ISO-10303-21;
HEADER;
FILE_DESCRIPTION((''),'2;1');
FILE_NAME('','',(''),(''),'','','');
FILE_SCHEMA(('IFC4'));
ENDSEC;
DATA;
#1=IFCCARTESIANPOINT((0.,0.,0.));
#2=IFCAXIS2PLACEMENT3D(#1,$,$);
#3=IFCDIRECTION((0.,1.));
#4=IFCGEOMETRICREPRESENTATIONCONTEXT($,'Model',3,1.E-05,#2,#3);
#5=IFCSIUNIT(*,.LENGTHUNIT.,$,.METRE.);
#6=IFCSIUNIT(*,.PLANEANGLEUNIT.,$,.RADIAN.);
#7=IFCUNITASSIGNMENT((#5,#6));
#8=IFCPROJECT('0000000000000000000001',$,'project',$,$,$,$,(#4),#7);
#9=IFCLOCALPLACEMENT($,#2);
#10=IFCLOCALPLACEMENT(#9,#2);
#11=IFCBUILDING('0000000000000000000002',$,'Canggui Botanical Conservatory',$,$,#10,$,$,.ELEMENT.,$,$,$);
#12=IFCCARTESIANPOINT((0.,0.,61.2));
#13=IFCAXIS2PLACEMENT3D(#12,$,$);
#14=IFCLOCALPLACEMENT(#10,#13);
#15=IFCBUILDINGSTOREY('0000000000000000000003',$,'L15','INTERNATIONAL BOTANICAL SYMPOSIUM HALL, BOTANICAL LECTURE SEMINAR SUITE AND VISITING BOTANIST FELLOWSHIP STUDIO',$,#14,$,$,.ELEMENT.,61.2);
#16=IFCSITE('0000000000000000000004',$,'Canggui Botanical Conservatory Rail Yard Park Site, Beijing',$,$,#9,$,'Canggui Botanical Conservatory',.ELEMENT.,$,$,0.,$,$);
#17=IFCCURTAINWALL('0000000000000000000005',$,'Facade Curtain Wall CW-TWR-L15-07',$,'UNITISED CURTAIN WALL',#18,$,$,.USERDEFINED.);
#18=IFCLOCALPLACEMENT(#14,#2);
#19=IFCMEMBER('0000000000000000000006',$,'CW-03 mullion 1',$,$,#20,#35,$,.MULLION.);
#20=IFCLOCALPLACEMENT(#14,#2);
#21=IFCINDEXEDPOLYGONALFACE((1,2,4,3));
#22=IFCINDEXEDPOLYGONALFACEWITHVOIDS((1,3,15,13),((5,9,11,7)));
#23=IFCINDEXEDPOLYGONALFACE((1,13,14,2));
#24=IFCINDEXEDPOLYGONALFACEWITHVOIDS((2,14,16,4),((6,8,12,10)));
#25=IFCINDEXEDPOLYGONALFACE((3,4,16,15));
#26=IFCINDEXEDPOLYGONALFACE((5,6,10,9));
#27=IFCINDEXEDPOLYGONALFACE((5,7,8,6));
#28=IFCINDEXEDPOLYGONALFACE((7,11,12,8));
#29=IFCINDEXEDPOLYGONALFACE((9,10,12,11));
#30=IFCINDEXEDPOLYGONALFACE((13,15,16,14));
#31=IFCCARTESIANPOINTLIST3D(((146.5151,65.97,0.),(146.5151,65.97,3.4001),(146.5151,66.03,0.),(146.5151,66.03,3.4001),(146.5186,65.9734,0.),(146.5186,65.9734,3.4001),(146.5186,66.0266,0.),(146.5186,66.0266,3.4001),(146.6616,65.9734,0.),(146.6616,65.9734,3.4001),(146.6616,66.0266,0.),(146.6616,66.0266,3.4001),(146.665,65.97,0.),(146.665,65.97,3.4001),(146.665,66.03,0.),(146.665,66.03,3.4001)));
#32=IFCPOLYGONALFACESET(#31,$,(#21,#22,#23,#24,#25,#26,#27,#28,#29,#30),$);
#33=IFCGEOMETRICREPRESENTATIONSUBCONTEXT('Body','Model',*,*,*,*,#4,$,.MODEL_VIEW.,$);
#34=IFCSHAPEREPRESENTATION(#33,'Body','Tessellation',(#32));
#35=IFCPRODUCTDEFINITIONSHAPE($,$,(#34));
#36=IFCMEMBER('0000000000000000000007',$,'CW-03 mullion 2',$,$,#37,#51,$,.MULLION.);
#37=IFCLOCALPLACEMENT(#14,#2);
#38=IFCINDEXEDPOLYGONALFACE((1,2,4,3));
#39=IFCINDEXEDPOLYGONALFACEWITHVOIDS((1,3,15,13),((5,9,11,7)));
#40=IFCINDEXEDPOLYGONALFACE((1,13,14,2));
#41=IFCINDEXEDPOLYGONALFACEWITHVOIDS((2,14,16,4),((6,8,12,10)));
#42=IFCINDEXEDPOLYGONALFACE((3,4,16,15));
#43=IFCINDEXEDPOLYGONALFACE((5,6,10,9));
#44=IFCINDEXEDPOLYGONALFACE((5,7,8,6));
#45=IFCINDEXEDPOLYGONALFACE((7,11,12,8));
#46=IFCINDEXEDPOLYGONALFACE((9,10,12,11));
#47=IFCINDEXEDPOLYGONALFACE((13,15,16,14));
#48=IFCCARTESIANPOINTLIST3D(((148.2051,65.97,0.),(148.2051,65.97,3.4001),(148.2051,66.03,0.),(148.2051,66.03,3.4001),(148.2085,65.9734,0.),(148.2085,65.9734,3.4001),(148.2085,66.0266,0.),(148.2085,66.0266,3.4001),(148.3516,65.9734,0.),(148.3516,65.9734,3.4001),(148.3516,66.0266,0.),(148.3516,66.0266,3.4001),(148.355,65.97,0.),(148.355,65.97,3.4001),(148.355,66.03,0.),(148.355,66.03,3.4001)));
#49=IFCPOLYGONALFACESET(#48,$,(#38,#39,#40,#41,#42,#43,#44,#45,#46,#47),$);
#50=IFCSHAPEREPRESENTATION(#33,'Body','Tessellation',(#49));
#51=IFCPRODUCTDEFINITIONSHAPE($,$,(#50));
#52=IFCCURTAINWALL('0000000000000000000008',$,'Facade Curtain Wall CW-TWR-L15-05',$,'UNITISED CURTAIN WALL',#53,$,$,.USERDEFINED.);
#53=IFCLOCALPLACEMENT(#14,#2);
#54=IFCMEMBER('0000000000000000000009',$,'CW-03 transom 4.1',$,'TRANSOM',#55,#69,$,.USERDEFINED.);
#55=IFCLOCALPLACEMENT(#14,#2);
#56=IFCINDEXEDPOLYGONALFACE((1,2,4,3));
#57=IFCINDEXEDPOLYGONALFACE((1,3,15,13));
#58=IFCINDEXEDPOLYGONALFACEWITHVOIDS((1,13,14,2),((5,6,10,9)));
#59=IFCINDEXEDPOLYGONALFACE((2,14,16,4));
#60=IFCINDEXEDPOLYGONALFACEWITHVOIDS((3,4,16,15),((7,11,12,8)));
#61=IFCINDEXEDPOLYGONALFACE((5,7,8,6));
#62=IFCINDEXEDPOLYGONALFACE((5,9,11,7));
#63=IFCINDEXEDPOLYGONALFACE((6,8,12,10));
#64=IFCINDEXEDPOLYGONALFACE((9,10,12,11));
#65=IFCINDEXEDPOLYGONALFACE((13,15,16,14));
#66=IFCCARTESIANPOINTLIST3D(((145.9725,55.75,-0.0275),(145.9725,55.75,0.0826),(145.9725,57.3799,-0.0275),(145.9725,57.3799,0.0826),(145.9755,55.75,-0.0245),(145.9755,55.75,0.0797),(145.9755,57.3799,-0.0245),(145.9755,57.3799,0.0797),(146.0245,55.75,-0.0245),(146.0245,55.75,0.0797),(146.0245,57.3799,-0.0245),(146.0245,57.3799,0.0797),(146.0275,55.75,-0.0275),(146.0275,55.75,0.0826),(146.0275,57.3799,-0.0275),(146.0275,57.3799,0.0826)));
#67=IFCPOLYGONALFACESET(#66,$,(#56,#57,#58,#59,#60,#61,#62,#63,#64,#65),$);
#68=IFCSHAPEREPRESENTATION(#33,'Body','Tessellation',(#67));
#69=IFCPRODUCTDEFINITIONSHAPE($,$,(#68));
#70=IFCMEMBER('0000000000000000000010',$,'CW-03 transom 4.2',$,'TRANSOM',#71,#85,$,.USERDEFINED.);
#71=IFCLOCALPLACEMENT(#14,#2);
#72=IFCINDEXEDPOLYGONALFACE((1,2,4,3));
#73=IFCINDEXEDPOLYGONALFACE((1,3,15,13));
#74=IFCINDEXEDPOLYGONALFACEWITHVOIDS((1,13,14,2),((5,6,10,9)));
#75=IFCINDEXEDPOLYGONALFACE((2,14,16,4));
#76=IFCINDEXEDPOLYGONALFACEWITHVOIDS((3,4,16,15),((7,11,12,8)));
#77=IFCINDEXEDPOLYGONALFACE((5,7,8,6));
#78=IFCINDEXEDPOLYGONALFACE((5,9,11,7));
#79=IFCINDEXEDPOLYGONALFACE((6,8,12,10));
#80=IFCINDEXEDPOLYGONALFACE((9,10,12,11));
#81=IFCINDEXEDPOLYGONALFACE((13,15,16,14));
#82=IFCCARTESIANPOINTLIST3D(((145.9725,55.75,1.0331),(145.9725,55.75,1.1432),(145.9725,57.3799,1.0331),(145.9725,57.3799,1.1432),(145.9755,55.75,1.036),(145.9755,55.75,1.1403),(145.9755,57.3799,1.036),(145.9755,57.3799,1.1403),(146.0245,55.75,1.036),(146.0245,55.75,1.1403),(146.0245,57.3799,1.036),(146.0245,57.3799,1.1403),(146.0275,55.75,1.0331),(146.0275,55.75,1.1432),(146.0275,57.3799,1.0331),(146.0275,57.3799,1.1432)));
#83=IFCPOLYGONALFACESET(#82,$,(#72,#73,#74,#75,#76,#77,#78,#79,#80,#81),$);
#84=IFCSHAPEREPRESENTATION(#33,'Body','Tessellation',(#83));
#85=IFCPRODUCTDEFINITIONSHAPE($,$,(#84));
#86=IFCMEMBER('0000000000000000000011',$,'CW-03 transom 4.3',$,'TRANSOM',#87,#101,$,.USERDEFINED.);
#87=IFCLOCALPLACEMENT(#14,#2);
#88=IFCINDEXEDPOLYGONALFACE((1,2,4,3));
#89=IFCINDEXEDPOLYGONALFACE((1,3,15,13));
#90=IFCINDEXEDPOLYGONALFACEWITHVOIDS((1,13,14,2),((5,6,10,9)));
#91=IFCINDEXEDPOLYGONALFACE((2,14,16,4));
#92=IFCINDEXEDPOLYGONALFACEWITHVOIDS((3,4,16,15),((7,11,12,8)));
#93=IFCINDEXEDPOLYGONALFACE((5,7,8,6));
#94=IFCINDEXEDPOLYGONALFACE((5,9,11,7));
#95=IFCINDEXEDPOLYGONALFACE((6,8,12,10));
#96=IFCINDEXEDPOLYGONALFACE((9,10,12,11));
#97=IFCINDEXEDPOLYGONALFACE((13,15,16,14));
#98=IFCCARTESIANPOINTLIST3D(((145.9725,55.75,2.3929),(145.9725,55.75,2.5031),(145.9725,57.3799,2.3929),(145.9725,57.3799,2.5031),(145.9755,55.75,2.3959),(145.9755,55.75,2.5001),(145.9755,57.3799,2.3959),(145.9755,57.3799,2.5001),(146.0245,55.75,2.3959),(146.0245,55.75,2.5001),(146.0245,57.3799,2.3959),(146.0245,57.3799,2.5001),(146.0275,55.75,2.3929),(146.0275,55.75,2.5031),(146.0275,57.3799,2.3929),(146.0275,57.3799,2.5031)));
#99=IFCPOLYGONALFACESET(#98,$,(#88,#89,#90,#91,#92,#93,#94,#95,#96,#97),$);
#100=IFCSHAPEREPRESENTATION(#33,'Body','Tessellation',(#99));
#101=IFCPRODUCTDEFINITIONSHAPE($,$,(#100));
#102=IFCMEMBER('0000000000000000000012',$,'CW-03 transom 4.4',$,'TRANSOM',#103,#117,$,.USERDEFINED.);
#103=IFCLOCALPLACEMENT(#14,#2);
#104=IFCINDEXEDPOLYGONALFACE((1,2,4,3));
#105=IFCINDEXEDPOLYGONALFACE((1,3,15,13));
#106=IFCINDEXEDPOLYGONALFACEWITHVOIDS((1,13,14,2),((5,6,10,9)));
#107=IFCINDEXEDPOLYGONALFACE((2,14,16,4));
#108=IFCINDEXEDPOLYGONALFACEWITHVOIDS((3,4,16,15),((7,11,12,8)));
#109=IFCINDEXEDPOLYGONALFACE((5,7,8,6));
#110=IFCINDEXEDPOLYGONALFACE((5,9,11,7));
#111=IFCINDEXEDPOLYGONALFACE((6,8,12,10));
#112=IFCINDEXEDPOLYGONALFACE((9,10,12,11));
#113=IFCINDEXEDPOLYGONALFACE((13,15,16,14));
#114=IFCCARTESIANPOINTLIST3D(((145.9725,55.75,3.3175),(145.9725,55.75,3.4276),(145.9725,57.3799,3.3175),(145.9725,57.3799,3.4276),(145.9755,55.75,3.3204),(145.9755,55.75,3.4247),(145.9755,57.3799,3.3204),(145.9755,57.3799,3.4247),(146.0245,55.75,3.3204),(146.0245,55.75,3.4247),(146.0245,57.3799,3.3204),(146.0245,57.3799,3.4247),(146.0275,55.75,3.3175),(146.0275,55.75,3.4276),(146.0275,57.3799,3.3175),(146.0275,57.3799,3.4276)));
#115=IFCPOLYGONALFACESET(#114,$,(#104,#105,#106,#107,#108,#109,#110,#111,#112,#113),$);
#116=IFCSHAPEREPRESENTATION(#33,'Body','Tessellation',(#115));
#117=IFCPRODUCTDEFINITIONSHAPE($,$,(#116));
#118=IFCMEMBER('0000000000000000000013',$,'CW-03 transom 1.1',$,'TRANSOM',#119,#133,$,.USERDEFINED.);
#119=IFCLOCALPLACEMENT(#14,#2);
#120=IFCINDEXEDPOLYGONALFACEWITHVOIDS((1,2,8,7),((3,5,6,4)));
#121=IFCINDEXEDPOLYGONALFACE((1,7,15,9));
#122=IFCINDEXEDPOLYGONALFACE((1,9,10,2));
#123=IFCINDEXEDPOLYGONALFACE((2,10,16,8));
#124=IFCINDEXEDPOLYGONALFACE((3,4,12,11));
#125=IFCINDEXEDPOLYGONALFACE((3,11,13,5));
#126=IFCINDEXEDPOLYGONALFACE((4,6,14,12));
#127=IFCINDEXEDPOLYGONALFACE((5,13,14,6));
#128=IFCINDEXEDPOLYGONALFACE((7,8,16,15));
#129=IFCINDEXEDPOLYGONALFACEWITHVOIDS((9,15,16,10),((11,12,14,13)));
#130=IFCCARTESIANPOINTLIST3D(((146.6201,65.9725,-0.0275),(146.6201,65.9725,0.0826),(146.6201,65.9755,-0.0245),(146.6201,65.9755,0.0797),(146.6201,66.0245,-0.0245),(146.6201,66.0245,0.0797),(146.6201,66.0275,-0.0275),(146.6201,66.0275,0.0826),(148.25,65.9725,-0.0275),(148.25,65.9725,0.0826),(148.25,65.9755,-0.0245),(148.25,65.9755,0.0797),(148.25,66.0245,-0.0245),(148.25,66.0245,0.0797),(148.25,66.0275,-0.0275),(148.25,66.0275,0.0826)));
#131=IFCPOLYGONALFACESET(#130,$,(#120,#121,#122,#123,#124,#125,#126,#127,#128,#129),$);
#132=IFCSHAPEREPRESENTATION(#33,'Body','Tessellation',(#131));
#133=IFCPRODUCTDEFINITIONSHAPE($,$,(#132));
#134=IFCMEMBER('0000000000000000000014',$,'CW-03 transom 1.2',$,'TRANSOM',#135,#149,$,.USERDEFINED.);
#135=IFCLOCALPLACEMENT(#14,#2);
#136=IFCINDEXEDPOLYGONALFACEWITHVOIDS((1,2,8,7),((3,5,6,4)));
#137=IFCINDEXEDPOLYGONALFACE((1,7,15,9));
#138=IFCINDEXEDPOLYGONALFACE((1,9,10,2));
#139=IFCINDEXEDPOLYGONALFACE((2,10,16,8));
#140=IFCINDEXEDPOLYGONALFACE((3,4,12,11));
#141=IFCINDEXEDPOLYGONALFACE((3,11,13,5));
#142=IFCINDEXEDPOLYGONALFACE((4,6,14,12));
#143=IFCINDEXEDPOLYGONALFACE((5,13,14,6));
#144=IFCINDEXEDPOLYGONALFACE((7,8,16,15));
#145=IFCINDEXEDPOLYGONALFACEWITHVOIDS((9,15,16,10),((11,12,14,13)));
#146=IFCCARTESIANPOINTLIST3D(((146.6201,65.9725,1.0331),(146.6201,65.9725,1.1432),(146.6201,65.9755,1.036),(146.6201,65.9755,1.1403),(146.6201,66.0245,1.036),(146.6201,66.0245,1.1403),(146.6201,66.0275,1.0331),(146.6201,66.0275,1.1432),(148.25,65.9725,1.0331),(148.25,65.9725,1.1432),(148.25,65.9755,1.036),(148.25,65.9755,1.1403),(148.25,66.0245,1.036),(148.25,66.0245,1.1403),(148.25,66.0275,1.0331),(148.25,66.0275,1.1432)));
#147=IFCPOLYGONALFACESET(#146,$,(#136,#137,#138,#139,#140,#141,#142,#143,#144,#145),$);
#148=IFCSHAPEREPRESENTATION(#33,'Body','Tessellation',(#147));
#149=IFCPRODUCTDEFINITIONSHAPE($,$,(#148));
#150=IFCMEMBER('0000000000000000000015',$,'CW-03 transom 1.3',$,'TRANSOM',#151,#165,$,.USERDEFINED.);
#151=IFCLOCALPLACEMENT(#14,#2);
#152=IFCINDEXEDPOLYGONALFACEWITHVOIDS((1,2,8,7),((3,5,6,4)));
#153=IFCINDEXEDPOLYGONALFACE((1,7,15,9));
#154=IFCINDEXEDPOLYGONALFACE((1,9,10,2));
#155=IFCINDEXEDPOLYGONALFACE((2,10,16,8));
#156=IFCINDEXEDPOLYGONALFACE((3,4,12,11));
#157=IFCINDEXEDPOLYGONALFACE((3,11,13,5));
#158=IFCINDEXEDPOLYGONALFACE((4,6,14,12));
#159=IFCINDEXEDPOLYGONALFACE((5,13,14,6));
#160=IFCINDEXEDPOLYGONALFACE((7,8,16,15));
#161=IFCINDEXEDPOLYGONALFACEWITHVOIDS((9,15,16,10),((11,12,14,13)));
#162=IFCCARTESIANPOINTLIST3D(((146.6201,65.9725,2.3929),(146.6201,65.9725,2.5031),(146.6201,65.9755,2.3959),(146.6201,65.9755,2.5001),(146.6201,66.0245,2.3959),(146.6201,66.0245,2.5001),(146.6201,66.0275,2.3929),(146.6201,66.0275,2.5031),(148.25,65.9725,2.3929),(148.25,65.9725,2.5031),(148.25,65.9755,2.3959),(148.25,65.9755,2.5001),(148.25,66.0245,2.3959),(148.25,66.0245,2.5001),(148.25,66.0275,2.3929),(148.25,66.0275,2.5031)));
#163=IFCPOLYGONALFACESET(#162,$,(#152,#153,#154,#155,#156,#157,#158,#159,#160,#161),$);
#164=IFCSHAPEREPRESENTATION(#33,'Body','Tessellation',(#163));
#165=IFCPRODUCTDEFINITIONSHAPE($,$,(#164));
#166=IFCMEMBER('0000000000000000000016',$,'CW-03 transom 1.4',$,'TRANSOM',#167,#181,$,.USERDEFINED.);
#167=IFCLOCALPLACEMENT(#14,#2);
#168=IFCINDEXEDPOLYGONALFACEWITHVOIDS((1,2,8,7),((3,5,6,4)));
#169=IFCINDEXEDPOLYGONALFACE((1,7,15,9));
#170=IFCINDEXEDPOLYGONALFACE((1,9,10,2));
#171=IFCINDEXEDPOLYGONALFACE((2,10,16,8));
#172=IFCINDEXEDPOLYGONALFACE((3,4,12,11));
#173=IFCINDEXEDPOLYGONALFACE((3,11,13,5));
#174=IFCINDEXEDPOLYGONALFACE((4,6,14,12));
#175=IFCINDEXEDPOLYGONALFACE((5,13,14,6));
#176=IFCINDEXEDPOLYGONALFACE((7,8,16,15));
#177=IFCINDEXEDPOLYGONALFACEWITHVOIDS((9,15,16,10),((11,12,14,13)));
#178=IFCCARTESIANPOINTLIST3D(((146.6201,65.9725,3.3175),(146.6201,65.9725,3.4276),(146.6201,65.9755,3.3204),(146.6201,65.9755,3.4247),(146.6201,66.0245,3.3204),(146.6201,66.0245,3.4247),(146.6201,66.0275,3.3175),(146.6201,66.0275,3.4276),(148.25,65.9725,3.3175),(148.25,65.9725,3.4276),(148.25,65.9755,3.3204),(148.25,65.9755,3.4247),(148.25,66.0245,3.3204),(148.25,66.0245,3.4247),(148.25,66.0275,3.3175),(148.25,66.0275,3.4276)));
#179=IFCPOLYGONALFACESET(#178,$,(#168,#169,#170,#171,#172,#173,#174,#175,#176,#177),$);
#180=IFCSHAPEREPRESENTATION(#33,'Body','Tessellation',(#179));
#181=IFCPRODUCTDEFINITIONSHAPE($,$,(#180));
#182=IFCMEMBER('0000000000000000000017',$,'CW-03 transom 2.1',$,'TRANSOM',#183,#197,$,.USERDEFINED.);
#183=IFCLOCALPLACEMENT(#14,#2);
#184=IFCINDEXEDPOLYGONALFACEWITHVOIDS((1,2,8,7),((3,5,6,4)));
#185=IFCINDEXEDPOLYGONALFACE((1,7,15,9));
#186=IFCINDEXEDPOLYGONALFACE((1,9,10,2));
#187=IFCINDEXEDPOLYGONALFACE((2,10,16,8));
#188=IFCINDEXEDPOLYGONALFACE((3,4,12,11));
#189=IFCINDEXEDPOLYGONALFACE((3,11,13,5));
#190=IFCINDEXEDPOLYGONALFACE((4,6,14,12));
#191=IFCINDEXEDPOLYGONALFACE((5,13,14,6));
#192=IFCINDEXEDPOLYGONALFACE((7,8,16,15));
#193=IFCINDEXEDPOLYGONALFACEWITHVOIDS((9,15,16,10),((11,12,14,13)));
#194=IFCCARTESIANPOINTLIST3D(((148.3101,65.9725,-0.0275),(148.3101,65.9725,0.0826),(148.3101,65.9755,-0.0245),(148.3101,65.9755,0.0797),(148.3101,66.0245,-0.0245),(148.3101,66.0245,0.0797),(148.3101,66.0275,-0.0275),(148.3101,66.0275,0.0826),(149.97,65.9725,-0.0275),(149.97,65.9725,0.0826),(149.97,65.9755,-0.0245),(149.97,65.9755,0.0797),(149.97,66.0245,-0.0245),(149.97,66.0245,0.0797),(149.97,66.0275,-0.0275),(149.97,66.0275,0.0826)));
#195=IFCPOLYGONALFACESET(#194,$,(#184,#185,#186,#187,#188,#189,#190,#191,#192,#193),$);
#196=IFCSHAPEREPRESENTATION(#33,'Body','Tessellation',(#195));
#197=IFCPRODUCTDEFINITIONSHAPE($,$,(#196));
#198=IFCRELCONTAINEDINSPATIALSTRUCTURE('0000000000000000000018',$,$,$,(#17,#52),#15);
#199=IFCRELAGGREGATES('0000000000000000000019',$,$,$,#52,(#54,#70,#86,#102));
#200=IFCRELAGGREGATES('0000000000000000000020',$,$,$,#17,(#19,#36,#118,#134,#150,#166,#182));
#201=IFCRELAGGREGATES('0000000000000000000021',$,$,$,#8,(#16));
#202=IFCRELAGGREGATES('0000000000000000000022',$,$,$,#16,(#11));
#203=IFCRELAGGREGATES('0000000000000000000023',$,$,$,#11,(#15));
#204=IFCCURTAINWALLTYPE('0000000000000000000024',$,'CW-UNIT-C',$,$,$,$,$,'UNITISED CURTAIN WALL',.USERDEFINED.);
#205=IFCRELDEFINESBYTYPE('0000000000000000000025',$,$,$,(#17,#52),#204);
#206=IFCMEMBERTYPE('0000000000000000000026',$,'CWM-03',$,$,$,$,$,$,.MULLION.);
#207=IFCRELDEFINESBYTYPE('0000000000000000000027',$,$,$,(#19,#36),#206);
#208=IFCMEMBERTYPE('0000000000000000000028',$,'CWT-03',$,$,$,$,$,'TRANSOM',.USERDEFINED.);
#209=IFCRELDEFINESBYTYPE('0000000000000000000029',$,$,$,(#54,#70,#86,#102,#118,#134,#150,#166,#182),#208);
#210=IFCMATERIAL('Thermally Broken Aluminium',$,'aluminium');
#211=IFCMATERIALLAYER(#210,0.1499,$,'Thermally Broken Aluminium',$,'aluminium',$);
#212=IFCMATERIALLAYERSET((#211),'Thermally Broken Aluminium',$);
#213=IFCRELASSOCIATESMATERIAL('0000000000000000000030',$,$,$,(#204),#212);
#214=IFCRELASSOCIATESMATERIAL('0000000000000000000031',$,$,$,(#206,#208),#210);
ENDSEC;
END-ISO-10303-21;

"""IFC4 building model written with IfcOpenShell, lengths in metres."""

from ifc_helpers import new_model, si_unit, direction, frame, origin, origin_2d, place, context, subcontext, project, spatial, hollow_rectangle, extrude, material, layer, layer_set, material_profile, profile_set, type_object, element, aggregate, save


model = new_model("IFC4")

# Units and contexts
model_context = context("Model", 3, precision=1e-05, world=origin(), true_north=direction((0.0, 1.0)))
body_context = subcontext(model_context, "Body", "Model", "MODEL_VIEW")
ifc_project = project(units=[si_unit("LENGTHUNIT", "METRE"), si_unit("PLANEANGLEUNIT", "RADIAN")], contexts=[model_context])

# Site, building, storey
site_placement = place(None, origin())
site = spatial("IfcSite", under=ifc_project, at=site_placement, Name="Canggui Botanical Conservatory Rail Yard Park Site, Beijing", LongName="Canggui Botanical Conservatory", CompositionType="ELEMENT", RefElevation=0.0)
building_placement = place(site_placement, origin())
building = spatial("IfcBuilding", under=site, at=building_placement, Name="Canggui Botanical Conservatory", CompositionType="ELEMENT")
storey_placement = place(building_placement, frame((0.0, 0.0, 61.2)))
storey = spatial("IfcBuildingStorey", under=building, at=storey_placement, Name="L15", Description="INTERNATIONAL BOTANICAL SYMPOSIUM HALL, BOTANICAL LECTURE SEMINAR SUITE AND VISITING BOTANIST FELLOWSHIP STUDIO", CompositionType="ELEMENT", Elevation=61.2)

# Curtain walls, members
ifc_material_1 = material(Name="Thermally Broken Aluminium", Category="aluminium")
ifc_layer_1 = layer(ifc_material_1, 0.1499, Name="Thermally Broken Aluminium", Category="aluminium")
ifc_layer_set_1 = layer_set([ifc_layer_1], Name="Thermally Broken Aluminium")
curtain_wall_type = type_object("IfcCurtainWallType", Name="CW-UNIT-C", ElementType="UNITISED CURTAIN WALL", PredefinedType="USERDEFINED", material=ifc_layer_set_1)
curtain_wall_1_placement = place(storey_placement, origin())
curtain_wall_1 = element("IfcCurtainWall", 1, at=curtain_wall_1_placement, inside=storey, type_object=curtain_wall_type, Name="Facade Curtain Wall CW-TWR-L15-07", ObjectType="UNITISED CURTAIN WALL", PredefinedType="USERDEFINED")
ifc_material_profile_1 = material_profile(ifc_material_1, hollow_rectangle(XDim=0.0601, YDim=0.1499, WallThickness=0.0034, at=origin_2d()), Name="CWM 60x150x3.5")
ifc_profile_set_1 = profile_set([ifc_material_profile_1], Name="Thermally Broken Aluminium")
member_type_1 = type_object("IfcMemberType", Name="CWM-03", PredefinedType="MULLION", material=ifc_profile_set_1)
member_1_placement = place(storey_placement, frame((146.5901, 66.0, 0.0), z_axis=(0.0, 0.0, 1.0), x_axis=(0.0, 1.0, 0.0)))
member_1 = element("IfcMember", 2, at=member_1_placement, type_object=member_type_1, Name="CW-03 mullion 1", PredefinedType="MULLION", context=body_context, shape_type="SweptSolid", body=[
    extrude(hollow_rectangle(XDim=0.0601, YDim=0.1499, WallThickness=0.0034, at=origin_2d()), origin(), (0.0, 0.0, 1.0), 3.4001),
])
member_2_placement = place(storey_placement, frame((148.28, 66.0, 0.0), z_axis=(0.0, 0.0, 1.0), x_axis=(0.0, 1.0, 0.0)))
member_2 = element("IfcMember", 3, at=member_2_placement, type_object=member_type_1, Name="CW-03 mullion 2", PredefinedType="MULLION", context=body_context, shape_type="SweptSolid", body=[
    extrude(hollow_rectangle(XDim=0.0601, YDim=0.1499, WallThickness=0.0034, at=origin_2d()), origin(), (0.0, 0.0, 1.0), 3.4001),
])
curtain_wall_2_placement = place(storey_placement, origin())
curtain_wall_2 = element("IfcCurtainWall", 4, at=curtain_wall_2_placement, inside=storey, type_object=curtain_wall_type, Name="Facade Curtain Wall CW-TWR-L15-05", ObjectType="UNITISED CURTAIN WALL", PredefinedType="USERDEFINED")
ifc_material_profile_2 = material_profile(ifc_material_1, hollow_rectangle(XDim=0.0549, YDim=0.1101, WallThickness=0.0029, at=origin_2d()), Name="CWT 55x110x3")
ifc_profile_set_2 = profile_set([ifc_material_profile_2], Name="Thermally Broken Aluminium")
member_type_2 = type_object("IfcMemberType", Name="CWT-03", ElementType="TRANSOM", PredefinedType="USERDEFINED", material=ifc_profile_set_2)
member_3_placement = place(storey_placement, frame((146.0, 55.75, 0.0276), z_axis=(0.0, 1.0, 0.0), x_axis=(-1.0, 0.0, 0.0)))
member_3 = element("IfcMember", 5, at=member_3_placement, type_object=member_type_2, Name="CW-03 transom 4.1", ObjectType="TRANSOM", PredefinedType="USERDEFINED", context=body_context, shape_type="SweptSolid", body=[
    extrude(hollow_rectangle(XDim=0.0549, YDim=0.1101, WallThickness=0.0029, at=origin_2d()), origin(), (0.0, 0.0, 1.0), 1.6299),
])
member_4_placement = place(storey_placement, frame((146.0, 55.75, 1.0881), z_axis=(0.0, 1.0, 0.0), x_axis=(-1.0, 0.0, 0.0)))
member_4 = element("IfcMember", 6, at=member_4_placement, type_object=member_type_2, Name="CW-03 transom 4.2", ObjectType="TRANSOM", PredefinedType="USERDEFINED", context=body_context, shape_type="SweptSolid", body=[
    extrude(hollow_rectangle(XDim=0.0549, YDim=0.1101, WallThickness=0.0029, at=origin_2d()), origin(), (0.0, 0.0, 1.0), 1.6299),
])
member_5_placement = place(storey_placement, frame((146.0, 55.75, 2.448), z_axis=(0.0, 1.0, 0.0), x_axis=(-1.0, 0.0, 0.0)))
member_5 = element("IfcMember", 7, at=member_5_placement, type_object=member_type_2, Name="CW-03 transom 4.3", ObjectType="TRANSOM", PredefinedType="USERDEFINED", context=body_context, shape_type="SweptSolid", body=[
    extrude(hollow_rectangle(XDim=0.0549, YDim=0.1101, WallThickness=0.0029, at=origin_2d()), origin(), (0.0, 0.0, 1.0), 1.6299),
])
member_6_placement = place(storey_placement, frame((146.0, 55.75, 3.3726), z_axis=(0.0, 1.0, 0.0), x_axis=(-1.0, 0.0, 0.0)))
member_6 = element("IfcMember", 8, at=member_6_placement, type_object=member_type_2, Name="CW-03 transom 4.4", ObjectType="TRANSOM", PredefinedType="USERDEFINED", context=body_context, shape_type="SweptSolid", body=[
    extrude(hollow_rectangle(XDim=0.0549, YDim=0.1101, WallThickness=0.0029, at=origin_2d()), origin(), (0.0, 0.0, 1.0), 1.6299),
])

# Members
member_7_placement = place(storey_placement, frame((146.6201, 66.0, 0.0276), z_axis=(1.0, 0.0, 0.0), x_axis=(0.0, 1.0, 0.0)))
member_7 = element("IfcMember", 9, at=member_7_placement, type_object=member_type_2, Name="CW-03 transom 1.1", ObjectType="TRANSOM", PredefinedType="USERDEFINED", context=body_context, shape_type="SweptSolid", body=[
    extrude(hollow_rectangle(XDim=0.0549, YDim=0.1101, WallThickness=0.0029, at=origin_2d()), origin(), (0.0, 0.0, 1.0), 1.6299),
])
member_8_placement = place(storey_placement, frame((146.6201, 66.0, 1.0881), z_axis=(1.0, 0.0, 0.0), x_axis=(0.0, 1.0, 0.0)))
member_8 = element("IfcMember", 10, at=member_8_placement, type_object=member_type_2, Name="CW-03 transom 1.2", ObjectType="TRANSOM", PredefinedType="USERDEFINED", context=body_context, shape_type="SweptSolid", body=[
    extrude(hollow_rectangle(XDim=0.0549, YDim=0.1101, WallThickness=0.0029, at=origin_2d()), origin(), (0.0, 0.0, 1.0), 1.6299),
])
member_9_placement = place(storey_placement, frame((146.6201, 66.0, 2.448), z_axis=(1.0, 0.0, 0.0), x_axis=(0.0, 1.0, 0.0)))
member_9 = element("IfcMember", 11, at=member_9_placement, type_object=member_type_2, Name="CW-03 transom 1.3", ObjectType="TRANSOM", PredefinedType="USERDEFINED", context=body_context, shape_type="SweptSolid", body=[
    extrude(hollow_rectangle(XDim=0.0549, YDim=0.1101, WallThickness=0.0029, at=origin_2d()), origin(), (0.0, 0.0, 1.0), 1.6299),
])
member_10_placement = place(storey_placement, frame((146.6201, 66.0, 3.3726), z_axis=(1.0, 0.0, 0.0), x_axis=(0.0, 1.0, 0.0)))
member_10 = element("IfcMember", 12, at=member_10_placement, type_object=member_type_2, Name="CW-03 transom 1.4", ObjectType="TRANSOM", PredefinedType="USERDEFINED", context=body_context, shape_type="SweptSolid", body=[
    extrude(hollow_rectangle(XDim=0.0549, YDim=0.1101, WallThickness=0.0029, at=origin_2d()), origin(), (0.0, 0.0, 1.0), 1.6299),
])
member_11_placement = place(storey_placement, frame((148.3101, 66.0, 0.0276), z_axis=(1.0, 0.0, 0.0), x_axis=(0.0, 1.0, 0.0)))
member_11 = element("IfcMember", 13, at=member_11_placement, type_object=member_type_2, Name="CW-03 transom 2.1", ObjectType="TRANSOM", PredefinedType="USERDEFINED", context=body_context, shape_type="SweptSolid", body=[
    extrude(hollow_rectangle(XDim=0.0549, YDim=0.1101, WallThickness=0.0029, at=origin_2d()), origin(), (0.0, 0.0, 1.0), 1.6599),
])

aggregate(curtain_wall_2, [member_3, member_4, member_5, member_6])
aggregate(curtain_wall_1, [member_1, member_2, member_7, member_8, member_9, member_10, member_11])

save(model, "model.ifc")
